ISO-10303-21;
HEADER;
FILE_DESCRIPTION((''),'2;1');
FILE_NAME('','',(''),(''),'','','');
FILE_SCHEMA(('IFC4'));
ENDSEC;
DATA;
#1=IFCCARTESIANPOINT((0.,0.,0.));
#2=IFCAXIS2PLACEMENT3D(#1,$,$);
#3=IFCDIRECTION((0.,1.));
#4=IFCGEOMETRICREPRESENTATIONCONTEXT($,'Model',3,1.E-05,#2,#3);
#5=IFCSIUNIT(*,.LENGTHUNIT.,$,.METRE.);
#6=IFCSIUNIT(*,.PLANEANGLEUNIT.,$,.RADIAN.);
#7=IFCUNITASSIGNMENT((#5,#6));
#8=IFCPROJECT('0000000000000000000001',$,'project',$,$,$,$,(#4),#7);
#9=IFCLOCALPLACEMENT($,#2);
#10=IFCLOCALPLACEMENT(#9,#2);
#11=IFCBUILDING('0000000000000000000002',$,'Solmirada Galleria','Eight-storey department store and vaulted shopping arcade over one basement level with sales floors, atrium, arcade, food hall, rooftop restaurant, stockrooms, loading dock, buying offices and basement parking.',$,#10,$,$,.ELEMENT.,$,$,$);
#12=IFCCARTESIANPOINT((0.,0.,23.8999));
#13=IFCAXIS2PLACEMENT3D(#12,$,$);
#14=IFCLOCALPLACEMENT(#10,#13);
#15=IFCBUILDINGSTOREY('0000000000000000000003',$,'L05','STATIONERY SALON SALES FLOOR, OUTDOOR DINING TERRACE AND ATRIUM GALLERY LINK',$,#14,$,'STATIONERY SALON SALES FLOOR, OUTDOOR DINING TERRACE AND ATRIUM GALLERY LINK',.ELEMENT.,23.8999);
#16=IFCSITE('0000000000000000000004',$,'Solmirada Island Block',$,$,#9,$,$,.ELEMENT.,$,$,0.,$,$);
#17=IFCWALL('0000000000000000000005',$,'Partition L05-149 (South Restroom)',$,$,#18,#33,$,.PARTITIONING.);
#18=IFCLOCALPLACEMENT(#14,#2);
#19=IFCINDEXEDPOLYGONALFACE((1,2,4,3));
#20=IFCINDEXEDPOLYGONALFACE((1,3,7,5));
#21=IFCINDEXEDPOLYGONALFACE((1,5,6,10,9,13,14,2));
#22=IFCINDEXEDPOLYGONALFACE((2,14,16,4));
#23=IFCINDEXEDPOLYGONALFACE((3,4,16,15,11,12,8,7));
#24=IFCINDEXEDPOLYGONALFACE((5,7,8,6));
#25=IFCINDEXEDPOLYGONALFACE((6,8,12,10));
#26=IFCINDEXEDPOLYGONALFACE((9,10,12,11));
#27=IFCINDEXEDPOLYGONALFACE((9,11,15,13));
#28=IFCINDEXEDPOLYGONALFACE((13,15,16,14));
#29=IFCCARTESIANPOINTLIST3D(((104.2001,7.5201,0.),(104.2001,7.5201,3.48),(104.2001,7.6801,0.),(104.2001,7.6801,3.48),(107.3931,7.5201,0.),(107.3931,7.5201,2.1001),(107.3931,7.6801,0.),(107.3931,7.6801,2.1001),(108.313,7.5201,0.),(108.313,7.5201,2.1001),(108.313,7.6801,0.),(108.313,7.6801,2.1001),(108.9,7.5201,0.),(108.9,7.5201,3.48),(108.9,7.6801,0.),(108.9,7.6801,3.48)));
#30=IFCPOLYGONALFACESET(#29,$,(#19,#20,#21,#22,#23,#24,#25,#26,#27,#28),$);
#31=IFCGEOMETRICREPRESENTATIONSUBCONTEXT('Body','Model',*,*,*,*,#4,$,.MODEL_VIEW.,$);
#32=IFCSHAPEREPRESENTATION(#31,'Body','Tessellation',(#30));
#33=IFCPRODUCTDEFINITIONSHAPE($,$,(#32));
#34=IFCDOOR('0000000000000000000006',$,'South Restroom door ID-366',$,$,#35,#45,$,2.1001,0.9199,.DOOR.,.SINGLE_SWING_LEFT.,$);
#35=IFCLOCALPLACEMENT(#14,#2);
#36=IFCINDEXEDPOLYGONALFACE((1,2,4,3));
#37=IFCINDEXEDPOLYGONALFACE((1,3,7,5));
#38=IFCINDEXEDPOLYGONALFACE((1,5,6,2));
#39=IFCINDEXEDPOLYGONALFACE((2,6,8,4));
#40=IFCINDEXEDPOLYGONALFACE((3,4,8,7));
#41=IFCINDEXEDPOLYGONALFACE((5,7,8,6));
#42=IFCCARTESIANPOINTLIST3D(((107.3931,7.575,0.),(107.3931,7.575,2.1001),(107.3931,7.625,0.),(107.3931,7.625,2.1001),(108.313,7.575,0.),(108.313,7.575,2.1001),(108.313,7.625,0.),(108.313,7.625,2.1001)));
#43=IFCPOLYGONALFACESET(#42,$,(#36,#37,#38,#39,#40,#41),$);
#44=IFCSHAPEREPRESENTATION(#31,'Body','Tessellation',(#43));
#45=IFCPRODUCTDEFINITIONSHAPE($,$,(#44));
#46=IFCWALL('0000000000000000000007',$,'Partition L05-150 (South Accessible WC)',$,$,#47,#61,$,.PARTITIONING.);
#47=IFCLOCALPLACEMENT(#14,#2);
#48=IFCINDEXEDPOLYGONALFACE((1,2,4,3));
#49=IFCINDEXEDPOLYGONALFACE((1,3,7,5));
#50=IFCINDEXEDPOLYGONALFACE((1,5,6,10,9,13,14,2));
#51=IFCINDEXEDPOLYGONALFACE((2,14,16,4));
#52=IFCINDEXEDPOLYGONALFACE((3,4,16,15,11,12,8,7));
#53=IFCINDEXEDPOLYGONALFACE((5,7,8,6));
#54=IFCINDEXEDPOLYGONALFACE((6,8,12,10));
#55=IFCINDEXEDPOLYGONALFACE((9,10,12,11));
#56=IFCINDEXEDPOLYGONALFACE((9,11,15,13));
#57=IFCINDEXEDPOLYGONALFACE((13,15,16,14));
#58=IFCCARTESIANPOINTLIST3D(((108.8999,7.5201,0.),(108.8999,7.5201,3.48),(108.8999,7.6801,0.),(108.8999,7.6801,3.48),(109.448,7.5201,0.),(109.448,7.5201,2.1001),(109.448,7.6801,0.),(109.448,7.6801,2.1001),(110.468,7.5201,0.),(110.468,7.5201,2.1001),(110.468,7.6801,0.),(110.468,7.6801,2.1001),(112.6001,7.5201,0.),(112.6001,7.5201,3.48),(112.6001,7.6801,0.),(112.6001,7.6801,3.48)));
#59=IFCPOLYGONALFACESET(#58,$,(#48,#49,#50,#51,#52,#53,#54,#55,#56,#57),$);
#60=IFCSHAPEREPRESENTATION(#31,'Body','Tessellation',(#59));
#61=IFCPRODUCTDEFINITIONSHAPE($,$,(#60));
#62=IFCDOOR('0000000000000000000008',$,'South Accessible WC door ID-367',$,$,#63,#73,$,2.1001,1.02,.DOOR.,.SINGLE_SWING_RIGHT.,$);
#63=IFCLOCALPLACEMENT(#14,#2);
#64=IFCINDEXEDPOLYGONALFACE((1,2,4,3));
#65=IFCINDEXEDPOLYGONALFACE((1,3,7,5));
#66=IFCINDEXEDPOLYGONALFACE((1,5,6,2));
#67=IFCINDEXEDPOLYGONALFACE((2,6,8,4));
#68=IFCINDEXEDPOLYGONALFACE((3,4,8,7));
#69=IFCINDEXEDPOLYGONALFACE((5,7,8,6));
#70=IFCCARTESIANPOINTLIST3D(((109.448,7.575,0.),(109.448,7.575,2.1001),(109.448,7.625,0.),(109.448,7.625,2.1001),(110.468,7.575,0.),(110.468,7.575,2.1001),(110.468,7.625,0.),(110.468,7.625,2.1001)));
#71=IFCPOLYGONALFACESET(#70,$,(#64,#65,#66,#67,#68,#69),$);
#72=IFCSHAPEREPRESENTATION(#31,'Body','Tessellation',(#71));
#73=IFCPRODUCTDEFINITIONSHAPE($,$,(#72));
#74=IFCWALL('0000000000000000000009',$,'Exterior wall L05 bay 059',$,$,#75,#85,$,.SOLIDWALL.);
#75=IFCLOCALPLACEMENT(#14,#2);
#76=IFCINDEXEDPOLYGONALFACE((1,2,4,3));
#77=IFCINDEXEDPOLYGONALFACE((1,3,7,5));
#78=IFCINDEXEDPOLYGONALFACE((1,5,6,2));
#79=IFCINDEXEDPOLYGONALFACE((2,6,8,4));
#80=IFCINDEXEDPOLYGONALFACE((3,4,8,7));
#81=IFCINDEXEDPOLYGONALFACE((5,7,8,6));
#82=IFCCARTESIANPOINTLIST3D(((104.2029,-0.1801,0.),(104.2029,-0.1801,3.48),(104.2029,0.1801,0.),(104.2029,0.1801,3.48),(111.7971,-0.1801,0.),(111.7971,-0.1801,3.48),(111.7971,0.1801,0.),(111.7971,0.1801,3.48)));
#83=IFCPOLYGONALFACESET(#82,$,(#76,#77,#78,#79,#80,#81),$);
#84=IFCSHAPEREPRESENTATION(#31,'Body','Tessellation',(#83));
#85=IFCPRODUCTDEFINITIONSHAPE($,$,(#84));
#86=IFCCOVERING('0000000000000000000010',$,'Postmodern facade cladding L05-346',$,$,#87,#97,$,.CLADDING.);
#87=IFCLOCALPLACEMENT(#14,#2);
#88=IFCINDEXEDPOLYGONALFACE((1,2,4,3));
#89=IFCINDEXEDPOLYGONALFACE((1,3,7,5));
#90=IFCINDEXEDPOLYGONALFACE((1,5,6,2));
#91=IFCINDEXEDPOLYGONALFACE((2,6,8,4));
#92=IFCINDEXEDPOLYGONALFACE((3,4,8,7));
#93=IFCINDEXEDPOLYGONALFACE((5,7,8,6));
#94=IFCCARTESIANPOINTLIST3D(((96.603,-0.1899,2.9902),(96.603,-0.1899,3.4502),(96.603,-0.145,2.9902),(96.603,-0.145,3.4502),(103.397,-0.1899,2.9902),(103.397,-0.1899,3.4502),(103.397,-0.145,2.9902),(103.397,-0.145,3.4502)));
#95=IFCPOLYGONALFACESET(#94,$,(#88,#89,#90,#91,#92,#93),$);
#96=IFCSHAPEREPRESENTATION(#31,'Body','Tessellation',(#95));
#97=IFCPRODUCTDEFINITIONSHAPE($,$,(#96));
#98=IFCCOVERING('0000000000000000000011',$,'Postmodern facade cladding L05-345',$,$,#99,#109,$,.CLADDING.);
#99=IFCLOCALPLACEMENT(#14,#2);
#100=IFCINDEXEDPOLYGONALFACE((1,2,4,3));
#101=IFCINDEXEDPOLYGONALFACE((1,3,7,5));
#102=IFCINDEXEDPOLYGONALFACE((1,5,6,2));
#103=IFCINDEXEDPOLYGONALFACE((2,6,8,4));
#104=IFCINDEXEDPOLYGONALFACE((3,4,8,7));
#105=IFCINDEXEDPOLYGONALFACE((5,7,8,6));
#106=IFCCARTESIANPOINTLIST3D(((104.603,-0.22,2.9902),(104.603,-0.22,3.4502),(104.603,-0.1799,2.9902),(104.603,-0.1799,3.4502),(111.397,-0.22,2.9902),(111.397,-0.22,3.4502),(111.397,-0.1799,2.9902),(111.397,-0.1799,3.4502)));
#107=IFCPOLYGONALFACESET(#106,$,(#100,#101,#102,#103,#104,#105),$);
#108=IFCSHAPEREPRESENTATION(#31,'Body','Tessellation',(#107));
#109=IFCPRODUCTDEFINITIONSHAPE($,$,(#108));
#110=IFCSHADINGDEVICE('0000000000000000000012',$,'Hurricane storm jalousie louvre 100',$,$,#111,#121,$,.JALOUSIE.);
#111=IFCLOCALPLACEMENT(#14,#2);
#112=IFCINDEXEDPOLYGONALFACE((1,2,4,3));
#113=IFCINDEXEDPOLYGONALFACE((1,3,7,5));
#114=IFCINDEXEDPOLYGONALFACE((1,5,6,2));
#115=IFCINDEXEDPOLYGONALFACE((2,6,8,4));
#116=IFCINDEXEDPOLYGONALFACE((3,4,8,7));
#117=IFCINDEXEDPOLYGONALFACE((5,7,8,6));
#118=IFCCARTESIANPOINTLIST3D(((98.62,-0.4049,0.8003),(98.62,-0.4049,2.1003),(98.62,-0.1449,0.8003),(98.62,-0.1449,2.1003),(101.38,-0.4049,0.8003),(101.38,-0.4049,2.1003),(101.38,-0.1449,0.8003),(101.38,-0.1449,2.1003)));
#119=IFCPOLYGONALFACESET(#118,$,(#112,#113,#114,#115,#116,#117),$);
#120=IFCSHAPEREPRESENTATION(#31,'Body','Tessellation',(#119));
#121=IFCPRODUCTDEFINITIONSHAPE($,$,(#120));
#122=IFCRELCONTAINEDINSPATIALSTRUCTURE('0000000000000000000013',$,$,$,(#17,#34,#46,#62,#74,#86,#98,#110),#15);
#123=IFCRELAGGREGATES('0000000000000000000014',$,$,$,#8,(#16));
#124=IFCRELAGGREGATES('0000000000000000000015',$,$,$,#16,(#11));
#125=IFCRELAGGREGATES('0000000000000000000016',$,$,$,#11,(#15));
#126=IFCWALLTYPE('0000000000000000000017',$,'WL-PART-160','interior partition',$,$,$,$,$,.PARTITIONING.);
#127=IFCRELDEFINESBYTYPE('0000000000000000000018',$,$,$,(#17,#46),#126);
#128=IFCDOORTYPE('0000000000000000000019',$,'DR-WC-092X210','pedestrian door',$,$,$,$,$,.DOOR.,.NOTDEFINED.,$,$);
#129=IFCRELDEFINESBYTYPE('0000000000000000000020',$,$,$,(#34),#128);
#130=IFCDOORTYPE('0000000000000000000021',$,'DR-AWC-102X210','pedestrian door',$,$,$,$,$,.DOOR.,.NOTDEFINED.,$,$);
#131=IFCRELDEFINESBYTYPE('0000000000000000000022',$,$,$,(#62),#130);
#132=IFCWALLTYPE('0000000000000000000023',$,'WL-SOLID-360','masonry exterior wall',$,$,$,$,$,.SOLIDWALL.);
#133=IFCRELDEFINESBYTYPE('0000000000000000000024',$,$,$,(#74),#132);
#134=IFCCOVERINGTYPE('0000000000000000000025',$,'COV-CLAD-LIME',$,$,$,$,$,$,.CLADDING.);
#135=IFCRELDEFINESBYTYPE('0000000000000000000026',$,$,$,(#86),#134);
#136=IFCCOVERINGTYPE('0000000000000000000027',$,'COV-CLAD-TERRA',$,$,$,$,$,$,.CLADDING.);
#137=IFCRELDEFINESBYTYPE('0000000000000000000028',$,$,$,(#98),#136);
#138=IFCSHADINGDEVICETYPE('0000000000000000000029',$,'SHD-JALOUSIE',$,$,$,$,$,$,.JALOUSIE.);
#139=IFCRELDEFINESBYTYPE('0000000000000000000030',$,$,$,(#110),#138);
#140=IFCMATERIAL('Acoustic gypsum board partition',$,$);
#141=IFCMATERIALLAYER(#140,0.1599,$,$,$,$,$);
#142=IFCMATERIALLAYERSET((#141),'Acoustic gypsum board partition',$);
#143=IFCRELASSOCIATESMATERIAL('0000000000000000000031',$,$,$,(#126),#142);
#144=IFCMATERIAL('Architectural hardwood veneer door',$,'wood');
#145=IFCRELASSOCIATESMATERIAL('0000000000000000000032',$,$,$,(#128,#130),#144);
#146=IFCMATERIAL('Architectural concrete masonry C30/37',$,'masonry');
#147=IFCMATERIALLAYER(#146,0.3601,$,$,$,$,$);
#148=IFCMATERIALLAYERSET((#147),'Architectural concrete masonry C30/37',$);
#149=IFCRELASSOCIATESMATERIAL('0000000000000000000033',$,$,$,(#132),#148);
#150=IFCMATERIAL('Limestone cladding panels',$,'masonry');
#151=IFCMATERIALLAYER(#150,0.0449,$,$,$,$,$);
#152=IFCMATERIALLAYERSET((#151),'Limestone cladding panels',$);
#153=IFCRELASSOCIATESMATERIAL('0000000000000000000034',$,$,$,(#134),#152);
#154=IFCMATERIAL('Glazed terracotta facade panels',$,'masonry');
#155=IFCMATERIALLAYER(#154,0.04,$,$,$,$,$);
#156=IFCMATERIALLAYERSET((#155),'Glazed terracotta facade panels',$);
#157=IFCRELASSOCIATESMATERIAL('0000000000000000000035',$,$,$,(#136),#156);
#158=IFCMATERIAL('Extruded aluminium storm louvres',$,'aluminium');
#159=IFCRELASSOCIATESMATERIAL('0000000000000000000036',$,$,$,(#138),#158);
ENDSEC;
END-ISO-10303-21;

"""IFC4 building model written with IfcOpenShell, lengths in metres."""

from ifc_helpers import new_model, si_unit, direction, frame, frame_2d, origin, origin_2d, place, context, subcontext, project, spatial, rectangle, extrude, material, layer, layer_set, type_object, element, fill, save


model = new_model("IFC4")

# Units and contexts
model_context = context("Model", 3, precision=1e-05, world=origin(), true_north=direction((0.0, 1.0)))
body_context = subcontext(model_context, "Body", "Model", "MODEL_VIEW")
ifc_project = project(units=[si_unit("LENGTHUNIT", "METRE"), si_unit("PLANEANGLEUNIT", "RADIAN")], contexts=[model_context])

# Site, building, storey
site_placement = place(None, origin())
site = spatial("IfcSite", under=ifc_project, at=site_placement, Name="Solmirada Island Block", CompositionType="ELEMENT", RefElevation=0.0)
building_placement = place(site_placement, origin())
building = spatial("IfcBuilding", under=site, at=building_placement, Name="Solmirada Galleria", Description="Eight-storey department store and vaulted shopping arcade over one basement level with sales floors, atrium, arcade, food hall, rooftop restaurant, stockrooms, loading dock, buying offices and basement parking.", CompositionType="ELEMENT")
storey_placement = place(building_placement, frame((0.0, 0.0, 23.8999)))
storey = spatial("IfcBuildingStorey", under=building, at=storey_placement, Name="L05", Description="STATIONERY SALON SALES FLOOR, OUTDOOR DINING TERRACE AND ATRIUM GALLERY LINK", LongName="STATIONERY SALON SALES FLOOR, OUTDOOR DINING TERRACE AND ATRIUM GALLERY LINK", CompositionType="ELEMENT", Elevation=23.8999)

# Shared definitions
ifc_material_1 = material(Name="Acoustic gypsum board partition")

# Walls, openings, doors
ifc_layer_1 = layer(ifc_material_1, 0.1599)
ifc_layer_set_1 = layer_set([ifc_layer_1], Name="Acoustic gypsum board partition")
wall_type_1 = type_object("IfcWallType", Name="WL-PART-160", Description="interior partition", PredefinedType="PARTITIONING", material=ifc_layer_set_1)
wall_1_placement = place(storey_placement, frame((104.2, 7.6001, 0.0), z_axis=(0.0, 0.0, 1.0), x_axis=(1.0, 0.0, 0.0)))
wall_1 = element("IfcWall", 1, at=wall_1_placement, inside=storey, type_object=wall_type_1, Name="Partition L05-149 (South Restroom)", PredefinedType="PARTITIONING", context=body_context, shape_type="SweptSolid", body=[
    extrude(rectangle(XDim=4.7, YDim=0.1599, at=frame_2d((2.3501, 0.0))), origin(), (0.0, 0.0, 1.0), 3.48),
])
opening_1_placement = place(wall_1_placement, frame((3.1931, 0.0, 0.0)))
opening_1 = element("IfcOpeningElement", 2, at=opening_1_placement, cuts=wall_1, PredefinedType="OPENING", context=body_context, shape_type="SweptSolid", body=[
    extrude(rectangle(XDim=0.9199, YDim=2.1001, at=frame_2d((0.46, 1.05))), frame((0.0, 0.0898, 0.0), z_axis=(0.0, -1.0, 0.0), x_axis=(1.0, 0.0, 0.0)), (0.0, 0.0, 1.0), 0.1799),
])
ifc_material_2 = material(Name="Architectural hardwood veneer door", Category="wood")
door_type_1 = type_object("IfcDoorType", Name="DR-WC-092X210", Description="pedestrian door", OperationType="NOTDEFINED", PredefinedType="DOOR", material=ifc_material_2)
door_1_placement = place(opening_1_placement, origin())
door_1 = element("IfcDoor", 3, at=door_1_placement, inside=storey, type_object=door_type_1, Name="South Restroom door ID-366", OperationType="SINGLE_SWING_LEFT", OverallHeight=2.1001, OverallWidth=0.9199, PredefinedType="DOOR", context=body_context, shape_type="SweptSolid", body=[
    extrude(rectangle(XDim=0.9199, YDim=2.1001, at=frame_2d((0.46, 1.05))), frame((0.0, 0.0249, 0.0), z_axis=(0.0, -1.0, 0.0), x_axis=(1.0, 0.0, 0.0)), (0.0, 0.0, 1.0), 0.05),
])
fill(opening_1, door_1)
wall_2_placement = place(storey_placement, frame((108.8999, 7.6001, 0.0), z_axis=(0.0, 0.0, 1.0), x_axis=(1.0, 0.0, 0.0)))
wall_2 = element("IfcWall", 4, at=wall_2_placement, inside=storey, type_object=wall_type_1, Name="Partition L05-150 (South Accessible WC)", PredefinedType="PARTITIONING", context=body_context, shape_type="SweptSolid", body=[
    extrude(rectangle(XDim=3.7002, YDim=0.1599, at=frame_2d((1.8501, 0.0))), origin(), (0.0, 0.0, 1.0), 3.48),
])
opening_2_placement = place(wall_2_placement, frame((0.5481, 0.0, 0.0)))
opening_2 = element("IfcOpeningElement", 5, at=opening_2_placement, cuts=wall_2, PredefinedType="OPENING", context=body_context, shape_type="SweptSolid", body=[
    extrude(rectangle(XDim=1.02, YDim=2.1001, at=frame_2d((0.51, 1.05))), frame((0.0, 0.0898, 0.0), z_axis=(0.0, -1.0, 0.0), x_axis=(1.0, 0.0, 0.0)), (0.0, 0.0, 1.0), 0.1799),
])
door_type_2 = type_object("IfcDoorType", Name="DR-AWC-102X210", Description="pedestrian door", OperationType="NOTDEFINED", PredefinedType="DOOR", material=ifc_material_2)
door_2_placement = place(opening_2_placement, origin())
door_2 = element("IfcDoor", 6, at=door_2_placement, inside=storey, type_object=door_type_2, Name="South Accessible WC door ID-367", OperationType="SINGLE_SWING_RIGHT", OverallHeight=2.1001, OverallWidth=1.02, PredefinedType="DOOR", context=body_context, shape_type="SweptSolid", body=[
    extrude(rectangle(XDim=1.02, YDim=2.1001, at=frame_2d((0.51, 1.05))), frame((0.0, 0.0249, 0.0), z_axis=(0.0, -1.0, 0.0), x_axis=(1.0, 0.0, 0.0)), (0.0, 0.0, 1.0), 0.05),
])
fill(opening_2, door_2)

# Wall
ifc_material_3 = material(Name="Architectural concrete masonry C30/37", Category="masonry")
ifc_layer_2 = layer(ifc_material_3, 0.3601)
ifc_layer_set_2 = layer_set([ifc_layer_2], Name="Architectural concrete masonry C30/37")
wall_type_2 = type_object("IfcWallType", Name="WL-SOLID-360", Description="masonry exterior wall", PredefinedType="SOLIDWALL", material=ifc_layer_set_2)
wall_3_placement = place(storey_placement, frame((111.7971, 0.0, 0.0), z_axis=(0.0, 0.0, 1.0), x_axis=(-1.0, 0.0, 0.0)))
element("IfcWall", 7, at=wall_3_placement, inside=storey, type_object=wall_type_2, Name="Exterior wall L05 bay 059", PredefinedType="SOLIDWALL", context=body_context, shape_type="SweptSolid", body=[
    extrude(rectangle(XDim=7.5942, YDim=0.3601, at=frame_2d((3.7971, 0.0))), origin(), (0.0, 0.0, 1.0), 3.48),
])

# Coverings
ifc_material_4 = material(Name="Limestone cladding panels", Category="masonry")
ifc_layer_3 = layer(ifc_material_4, 0.0449)
ifc_layer_set_3 = layer_set([ifc_layer_3], Name="Limestone cladding panels")
covering_type_1 = type_object("IfcCoveringType", Name="COV-CLAD-LIME", PredefinedType="CLADDING", material=ifc_layer_set_3)
covering_1_placement = place(storey_placement, frame((100.0, -0.1675, 2.9902), z_axis=(0.0, 0.0, 1.0), x_axis=(-1.0, 0.0, 0.0)))
element("IfcCovering", 8, at=covering_1_placement, inside=storey, type_object=covering_type_1, Name="Postmodern facade cladding L05-346", PredefinedType="CLADDING", context=body_context, shape_type="SweptSolid", body=[
    extrude(rectangle(XDim=6.7939, YDim=0.0449, at=origin_2d()), origin(), (0.0, 0.0, 1.0), 0.46),
])
ifc_material_5 = material(Name="Glazed terracotta facade panels", Category="masonry")
ifc_layer_4 = layer(ifc_material_5, 0.04)
ifc_layer_set_4 = layer_set([ifc_layer_4], Name="Glazed terracotta facade panels")
covering_type_2 = type_object("IfcCoveringType", Name="COV-CLAD-TERRA", PredefinedType="CLADDING", material=ifc_layer_set_4)
covering_2_placement = place(storey_placement, frame((108.0, -0.2, 2.9902), z_axis=(0.0, 0.0, 1.0), x_axis=(-1.0, 0.0, 0.0)))
element("IfcCovering", 9, at=covering_2_placement, inside=storey, type_object=covering_type_2, Name="Postmodern facade cladding L05-345", PredefinedType="CLADDING", context=body_context, shape_type="SweptSolid", body=[
    extrude(rectangle(XDim=6.7939, YDim=0.04, at=origin_2d()), origin(), (0.0, 0.0, 1.0), 0.46),
])

# Shading device
ifc_material_6 = material(Name="Extruded aluminium storm louvres", Category="aluminium")
shading_device_type = type_object("IfcShadingDeviceType", Name="SHD-JALOUSIE", PredefinedType="JALOUSIE", material=ifc_material_6)
shading_device_placement = place(storey_placement, frame((100.0, -0.2749, 0.8003), z_axis=(0.0, 0.0, 1.0), x_axis=(-1.0, 0.0, 0.0)))
element("IfcShadingDevice", 10, at=shading_device_placement, inside=storey, type_object=shading_device_type, Name="Hurricane storm jalousie louvre 100", PredefinedType="JALOUSIE", context=body_context, shape_type="SweptSolid", body=[
    extrude(rectangle(XDim=2.76, YDim=0.26, at=origin_2d()), origin(), (0.0, 0.0, 1.0), 1.3),
])

save(model, "model.ifc")
